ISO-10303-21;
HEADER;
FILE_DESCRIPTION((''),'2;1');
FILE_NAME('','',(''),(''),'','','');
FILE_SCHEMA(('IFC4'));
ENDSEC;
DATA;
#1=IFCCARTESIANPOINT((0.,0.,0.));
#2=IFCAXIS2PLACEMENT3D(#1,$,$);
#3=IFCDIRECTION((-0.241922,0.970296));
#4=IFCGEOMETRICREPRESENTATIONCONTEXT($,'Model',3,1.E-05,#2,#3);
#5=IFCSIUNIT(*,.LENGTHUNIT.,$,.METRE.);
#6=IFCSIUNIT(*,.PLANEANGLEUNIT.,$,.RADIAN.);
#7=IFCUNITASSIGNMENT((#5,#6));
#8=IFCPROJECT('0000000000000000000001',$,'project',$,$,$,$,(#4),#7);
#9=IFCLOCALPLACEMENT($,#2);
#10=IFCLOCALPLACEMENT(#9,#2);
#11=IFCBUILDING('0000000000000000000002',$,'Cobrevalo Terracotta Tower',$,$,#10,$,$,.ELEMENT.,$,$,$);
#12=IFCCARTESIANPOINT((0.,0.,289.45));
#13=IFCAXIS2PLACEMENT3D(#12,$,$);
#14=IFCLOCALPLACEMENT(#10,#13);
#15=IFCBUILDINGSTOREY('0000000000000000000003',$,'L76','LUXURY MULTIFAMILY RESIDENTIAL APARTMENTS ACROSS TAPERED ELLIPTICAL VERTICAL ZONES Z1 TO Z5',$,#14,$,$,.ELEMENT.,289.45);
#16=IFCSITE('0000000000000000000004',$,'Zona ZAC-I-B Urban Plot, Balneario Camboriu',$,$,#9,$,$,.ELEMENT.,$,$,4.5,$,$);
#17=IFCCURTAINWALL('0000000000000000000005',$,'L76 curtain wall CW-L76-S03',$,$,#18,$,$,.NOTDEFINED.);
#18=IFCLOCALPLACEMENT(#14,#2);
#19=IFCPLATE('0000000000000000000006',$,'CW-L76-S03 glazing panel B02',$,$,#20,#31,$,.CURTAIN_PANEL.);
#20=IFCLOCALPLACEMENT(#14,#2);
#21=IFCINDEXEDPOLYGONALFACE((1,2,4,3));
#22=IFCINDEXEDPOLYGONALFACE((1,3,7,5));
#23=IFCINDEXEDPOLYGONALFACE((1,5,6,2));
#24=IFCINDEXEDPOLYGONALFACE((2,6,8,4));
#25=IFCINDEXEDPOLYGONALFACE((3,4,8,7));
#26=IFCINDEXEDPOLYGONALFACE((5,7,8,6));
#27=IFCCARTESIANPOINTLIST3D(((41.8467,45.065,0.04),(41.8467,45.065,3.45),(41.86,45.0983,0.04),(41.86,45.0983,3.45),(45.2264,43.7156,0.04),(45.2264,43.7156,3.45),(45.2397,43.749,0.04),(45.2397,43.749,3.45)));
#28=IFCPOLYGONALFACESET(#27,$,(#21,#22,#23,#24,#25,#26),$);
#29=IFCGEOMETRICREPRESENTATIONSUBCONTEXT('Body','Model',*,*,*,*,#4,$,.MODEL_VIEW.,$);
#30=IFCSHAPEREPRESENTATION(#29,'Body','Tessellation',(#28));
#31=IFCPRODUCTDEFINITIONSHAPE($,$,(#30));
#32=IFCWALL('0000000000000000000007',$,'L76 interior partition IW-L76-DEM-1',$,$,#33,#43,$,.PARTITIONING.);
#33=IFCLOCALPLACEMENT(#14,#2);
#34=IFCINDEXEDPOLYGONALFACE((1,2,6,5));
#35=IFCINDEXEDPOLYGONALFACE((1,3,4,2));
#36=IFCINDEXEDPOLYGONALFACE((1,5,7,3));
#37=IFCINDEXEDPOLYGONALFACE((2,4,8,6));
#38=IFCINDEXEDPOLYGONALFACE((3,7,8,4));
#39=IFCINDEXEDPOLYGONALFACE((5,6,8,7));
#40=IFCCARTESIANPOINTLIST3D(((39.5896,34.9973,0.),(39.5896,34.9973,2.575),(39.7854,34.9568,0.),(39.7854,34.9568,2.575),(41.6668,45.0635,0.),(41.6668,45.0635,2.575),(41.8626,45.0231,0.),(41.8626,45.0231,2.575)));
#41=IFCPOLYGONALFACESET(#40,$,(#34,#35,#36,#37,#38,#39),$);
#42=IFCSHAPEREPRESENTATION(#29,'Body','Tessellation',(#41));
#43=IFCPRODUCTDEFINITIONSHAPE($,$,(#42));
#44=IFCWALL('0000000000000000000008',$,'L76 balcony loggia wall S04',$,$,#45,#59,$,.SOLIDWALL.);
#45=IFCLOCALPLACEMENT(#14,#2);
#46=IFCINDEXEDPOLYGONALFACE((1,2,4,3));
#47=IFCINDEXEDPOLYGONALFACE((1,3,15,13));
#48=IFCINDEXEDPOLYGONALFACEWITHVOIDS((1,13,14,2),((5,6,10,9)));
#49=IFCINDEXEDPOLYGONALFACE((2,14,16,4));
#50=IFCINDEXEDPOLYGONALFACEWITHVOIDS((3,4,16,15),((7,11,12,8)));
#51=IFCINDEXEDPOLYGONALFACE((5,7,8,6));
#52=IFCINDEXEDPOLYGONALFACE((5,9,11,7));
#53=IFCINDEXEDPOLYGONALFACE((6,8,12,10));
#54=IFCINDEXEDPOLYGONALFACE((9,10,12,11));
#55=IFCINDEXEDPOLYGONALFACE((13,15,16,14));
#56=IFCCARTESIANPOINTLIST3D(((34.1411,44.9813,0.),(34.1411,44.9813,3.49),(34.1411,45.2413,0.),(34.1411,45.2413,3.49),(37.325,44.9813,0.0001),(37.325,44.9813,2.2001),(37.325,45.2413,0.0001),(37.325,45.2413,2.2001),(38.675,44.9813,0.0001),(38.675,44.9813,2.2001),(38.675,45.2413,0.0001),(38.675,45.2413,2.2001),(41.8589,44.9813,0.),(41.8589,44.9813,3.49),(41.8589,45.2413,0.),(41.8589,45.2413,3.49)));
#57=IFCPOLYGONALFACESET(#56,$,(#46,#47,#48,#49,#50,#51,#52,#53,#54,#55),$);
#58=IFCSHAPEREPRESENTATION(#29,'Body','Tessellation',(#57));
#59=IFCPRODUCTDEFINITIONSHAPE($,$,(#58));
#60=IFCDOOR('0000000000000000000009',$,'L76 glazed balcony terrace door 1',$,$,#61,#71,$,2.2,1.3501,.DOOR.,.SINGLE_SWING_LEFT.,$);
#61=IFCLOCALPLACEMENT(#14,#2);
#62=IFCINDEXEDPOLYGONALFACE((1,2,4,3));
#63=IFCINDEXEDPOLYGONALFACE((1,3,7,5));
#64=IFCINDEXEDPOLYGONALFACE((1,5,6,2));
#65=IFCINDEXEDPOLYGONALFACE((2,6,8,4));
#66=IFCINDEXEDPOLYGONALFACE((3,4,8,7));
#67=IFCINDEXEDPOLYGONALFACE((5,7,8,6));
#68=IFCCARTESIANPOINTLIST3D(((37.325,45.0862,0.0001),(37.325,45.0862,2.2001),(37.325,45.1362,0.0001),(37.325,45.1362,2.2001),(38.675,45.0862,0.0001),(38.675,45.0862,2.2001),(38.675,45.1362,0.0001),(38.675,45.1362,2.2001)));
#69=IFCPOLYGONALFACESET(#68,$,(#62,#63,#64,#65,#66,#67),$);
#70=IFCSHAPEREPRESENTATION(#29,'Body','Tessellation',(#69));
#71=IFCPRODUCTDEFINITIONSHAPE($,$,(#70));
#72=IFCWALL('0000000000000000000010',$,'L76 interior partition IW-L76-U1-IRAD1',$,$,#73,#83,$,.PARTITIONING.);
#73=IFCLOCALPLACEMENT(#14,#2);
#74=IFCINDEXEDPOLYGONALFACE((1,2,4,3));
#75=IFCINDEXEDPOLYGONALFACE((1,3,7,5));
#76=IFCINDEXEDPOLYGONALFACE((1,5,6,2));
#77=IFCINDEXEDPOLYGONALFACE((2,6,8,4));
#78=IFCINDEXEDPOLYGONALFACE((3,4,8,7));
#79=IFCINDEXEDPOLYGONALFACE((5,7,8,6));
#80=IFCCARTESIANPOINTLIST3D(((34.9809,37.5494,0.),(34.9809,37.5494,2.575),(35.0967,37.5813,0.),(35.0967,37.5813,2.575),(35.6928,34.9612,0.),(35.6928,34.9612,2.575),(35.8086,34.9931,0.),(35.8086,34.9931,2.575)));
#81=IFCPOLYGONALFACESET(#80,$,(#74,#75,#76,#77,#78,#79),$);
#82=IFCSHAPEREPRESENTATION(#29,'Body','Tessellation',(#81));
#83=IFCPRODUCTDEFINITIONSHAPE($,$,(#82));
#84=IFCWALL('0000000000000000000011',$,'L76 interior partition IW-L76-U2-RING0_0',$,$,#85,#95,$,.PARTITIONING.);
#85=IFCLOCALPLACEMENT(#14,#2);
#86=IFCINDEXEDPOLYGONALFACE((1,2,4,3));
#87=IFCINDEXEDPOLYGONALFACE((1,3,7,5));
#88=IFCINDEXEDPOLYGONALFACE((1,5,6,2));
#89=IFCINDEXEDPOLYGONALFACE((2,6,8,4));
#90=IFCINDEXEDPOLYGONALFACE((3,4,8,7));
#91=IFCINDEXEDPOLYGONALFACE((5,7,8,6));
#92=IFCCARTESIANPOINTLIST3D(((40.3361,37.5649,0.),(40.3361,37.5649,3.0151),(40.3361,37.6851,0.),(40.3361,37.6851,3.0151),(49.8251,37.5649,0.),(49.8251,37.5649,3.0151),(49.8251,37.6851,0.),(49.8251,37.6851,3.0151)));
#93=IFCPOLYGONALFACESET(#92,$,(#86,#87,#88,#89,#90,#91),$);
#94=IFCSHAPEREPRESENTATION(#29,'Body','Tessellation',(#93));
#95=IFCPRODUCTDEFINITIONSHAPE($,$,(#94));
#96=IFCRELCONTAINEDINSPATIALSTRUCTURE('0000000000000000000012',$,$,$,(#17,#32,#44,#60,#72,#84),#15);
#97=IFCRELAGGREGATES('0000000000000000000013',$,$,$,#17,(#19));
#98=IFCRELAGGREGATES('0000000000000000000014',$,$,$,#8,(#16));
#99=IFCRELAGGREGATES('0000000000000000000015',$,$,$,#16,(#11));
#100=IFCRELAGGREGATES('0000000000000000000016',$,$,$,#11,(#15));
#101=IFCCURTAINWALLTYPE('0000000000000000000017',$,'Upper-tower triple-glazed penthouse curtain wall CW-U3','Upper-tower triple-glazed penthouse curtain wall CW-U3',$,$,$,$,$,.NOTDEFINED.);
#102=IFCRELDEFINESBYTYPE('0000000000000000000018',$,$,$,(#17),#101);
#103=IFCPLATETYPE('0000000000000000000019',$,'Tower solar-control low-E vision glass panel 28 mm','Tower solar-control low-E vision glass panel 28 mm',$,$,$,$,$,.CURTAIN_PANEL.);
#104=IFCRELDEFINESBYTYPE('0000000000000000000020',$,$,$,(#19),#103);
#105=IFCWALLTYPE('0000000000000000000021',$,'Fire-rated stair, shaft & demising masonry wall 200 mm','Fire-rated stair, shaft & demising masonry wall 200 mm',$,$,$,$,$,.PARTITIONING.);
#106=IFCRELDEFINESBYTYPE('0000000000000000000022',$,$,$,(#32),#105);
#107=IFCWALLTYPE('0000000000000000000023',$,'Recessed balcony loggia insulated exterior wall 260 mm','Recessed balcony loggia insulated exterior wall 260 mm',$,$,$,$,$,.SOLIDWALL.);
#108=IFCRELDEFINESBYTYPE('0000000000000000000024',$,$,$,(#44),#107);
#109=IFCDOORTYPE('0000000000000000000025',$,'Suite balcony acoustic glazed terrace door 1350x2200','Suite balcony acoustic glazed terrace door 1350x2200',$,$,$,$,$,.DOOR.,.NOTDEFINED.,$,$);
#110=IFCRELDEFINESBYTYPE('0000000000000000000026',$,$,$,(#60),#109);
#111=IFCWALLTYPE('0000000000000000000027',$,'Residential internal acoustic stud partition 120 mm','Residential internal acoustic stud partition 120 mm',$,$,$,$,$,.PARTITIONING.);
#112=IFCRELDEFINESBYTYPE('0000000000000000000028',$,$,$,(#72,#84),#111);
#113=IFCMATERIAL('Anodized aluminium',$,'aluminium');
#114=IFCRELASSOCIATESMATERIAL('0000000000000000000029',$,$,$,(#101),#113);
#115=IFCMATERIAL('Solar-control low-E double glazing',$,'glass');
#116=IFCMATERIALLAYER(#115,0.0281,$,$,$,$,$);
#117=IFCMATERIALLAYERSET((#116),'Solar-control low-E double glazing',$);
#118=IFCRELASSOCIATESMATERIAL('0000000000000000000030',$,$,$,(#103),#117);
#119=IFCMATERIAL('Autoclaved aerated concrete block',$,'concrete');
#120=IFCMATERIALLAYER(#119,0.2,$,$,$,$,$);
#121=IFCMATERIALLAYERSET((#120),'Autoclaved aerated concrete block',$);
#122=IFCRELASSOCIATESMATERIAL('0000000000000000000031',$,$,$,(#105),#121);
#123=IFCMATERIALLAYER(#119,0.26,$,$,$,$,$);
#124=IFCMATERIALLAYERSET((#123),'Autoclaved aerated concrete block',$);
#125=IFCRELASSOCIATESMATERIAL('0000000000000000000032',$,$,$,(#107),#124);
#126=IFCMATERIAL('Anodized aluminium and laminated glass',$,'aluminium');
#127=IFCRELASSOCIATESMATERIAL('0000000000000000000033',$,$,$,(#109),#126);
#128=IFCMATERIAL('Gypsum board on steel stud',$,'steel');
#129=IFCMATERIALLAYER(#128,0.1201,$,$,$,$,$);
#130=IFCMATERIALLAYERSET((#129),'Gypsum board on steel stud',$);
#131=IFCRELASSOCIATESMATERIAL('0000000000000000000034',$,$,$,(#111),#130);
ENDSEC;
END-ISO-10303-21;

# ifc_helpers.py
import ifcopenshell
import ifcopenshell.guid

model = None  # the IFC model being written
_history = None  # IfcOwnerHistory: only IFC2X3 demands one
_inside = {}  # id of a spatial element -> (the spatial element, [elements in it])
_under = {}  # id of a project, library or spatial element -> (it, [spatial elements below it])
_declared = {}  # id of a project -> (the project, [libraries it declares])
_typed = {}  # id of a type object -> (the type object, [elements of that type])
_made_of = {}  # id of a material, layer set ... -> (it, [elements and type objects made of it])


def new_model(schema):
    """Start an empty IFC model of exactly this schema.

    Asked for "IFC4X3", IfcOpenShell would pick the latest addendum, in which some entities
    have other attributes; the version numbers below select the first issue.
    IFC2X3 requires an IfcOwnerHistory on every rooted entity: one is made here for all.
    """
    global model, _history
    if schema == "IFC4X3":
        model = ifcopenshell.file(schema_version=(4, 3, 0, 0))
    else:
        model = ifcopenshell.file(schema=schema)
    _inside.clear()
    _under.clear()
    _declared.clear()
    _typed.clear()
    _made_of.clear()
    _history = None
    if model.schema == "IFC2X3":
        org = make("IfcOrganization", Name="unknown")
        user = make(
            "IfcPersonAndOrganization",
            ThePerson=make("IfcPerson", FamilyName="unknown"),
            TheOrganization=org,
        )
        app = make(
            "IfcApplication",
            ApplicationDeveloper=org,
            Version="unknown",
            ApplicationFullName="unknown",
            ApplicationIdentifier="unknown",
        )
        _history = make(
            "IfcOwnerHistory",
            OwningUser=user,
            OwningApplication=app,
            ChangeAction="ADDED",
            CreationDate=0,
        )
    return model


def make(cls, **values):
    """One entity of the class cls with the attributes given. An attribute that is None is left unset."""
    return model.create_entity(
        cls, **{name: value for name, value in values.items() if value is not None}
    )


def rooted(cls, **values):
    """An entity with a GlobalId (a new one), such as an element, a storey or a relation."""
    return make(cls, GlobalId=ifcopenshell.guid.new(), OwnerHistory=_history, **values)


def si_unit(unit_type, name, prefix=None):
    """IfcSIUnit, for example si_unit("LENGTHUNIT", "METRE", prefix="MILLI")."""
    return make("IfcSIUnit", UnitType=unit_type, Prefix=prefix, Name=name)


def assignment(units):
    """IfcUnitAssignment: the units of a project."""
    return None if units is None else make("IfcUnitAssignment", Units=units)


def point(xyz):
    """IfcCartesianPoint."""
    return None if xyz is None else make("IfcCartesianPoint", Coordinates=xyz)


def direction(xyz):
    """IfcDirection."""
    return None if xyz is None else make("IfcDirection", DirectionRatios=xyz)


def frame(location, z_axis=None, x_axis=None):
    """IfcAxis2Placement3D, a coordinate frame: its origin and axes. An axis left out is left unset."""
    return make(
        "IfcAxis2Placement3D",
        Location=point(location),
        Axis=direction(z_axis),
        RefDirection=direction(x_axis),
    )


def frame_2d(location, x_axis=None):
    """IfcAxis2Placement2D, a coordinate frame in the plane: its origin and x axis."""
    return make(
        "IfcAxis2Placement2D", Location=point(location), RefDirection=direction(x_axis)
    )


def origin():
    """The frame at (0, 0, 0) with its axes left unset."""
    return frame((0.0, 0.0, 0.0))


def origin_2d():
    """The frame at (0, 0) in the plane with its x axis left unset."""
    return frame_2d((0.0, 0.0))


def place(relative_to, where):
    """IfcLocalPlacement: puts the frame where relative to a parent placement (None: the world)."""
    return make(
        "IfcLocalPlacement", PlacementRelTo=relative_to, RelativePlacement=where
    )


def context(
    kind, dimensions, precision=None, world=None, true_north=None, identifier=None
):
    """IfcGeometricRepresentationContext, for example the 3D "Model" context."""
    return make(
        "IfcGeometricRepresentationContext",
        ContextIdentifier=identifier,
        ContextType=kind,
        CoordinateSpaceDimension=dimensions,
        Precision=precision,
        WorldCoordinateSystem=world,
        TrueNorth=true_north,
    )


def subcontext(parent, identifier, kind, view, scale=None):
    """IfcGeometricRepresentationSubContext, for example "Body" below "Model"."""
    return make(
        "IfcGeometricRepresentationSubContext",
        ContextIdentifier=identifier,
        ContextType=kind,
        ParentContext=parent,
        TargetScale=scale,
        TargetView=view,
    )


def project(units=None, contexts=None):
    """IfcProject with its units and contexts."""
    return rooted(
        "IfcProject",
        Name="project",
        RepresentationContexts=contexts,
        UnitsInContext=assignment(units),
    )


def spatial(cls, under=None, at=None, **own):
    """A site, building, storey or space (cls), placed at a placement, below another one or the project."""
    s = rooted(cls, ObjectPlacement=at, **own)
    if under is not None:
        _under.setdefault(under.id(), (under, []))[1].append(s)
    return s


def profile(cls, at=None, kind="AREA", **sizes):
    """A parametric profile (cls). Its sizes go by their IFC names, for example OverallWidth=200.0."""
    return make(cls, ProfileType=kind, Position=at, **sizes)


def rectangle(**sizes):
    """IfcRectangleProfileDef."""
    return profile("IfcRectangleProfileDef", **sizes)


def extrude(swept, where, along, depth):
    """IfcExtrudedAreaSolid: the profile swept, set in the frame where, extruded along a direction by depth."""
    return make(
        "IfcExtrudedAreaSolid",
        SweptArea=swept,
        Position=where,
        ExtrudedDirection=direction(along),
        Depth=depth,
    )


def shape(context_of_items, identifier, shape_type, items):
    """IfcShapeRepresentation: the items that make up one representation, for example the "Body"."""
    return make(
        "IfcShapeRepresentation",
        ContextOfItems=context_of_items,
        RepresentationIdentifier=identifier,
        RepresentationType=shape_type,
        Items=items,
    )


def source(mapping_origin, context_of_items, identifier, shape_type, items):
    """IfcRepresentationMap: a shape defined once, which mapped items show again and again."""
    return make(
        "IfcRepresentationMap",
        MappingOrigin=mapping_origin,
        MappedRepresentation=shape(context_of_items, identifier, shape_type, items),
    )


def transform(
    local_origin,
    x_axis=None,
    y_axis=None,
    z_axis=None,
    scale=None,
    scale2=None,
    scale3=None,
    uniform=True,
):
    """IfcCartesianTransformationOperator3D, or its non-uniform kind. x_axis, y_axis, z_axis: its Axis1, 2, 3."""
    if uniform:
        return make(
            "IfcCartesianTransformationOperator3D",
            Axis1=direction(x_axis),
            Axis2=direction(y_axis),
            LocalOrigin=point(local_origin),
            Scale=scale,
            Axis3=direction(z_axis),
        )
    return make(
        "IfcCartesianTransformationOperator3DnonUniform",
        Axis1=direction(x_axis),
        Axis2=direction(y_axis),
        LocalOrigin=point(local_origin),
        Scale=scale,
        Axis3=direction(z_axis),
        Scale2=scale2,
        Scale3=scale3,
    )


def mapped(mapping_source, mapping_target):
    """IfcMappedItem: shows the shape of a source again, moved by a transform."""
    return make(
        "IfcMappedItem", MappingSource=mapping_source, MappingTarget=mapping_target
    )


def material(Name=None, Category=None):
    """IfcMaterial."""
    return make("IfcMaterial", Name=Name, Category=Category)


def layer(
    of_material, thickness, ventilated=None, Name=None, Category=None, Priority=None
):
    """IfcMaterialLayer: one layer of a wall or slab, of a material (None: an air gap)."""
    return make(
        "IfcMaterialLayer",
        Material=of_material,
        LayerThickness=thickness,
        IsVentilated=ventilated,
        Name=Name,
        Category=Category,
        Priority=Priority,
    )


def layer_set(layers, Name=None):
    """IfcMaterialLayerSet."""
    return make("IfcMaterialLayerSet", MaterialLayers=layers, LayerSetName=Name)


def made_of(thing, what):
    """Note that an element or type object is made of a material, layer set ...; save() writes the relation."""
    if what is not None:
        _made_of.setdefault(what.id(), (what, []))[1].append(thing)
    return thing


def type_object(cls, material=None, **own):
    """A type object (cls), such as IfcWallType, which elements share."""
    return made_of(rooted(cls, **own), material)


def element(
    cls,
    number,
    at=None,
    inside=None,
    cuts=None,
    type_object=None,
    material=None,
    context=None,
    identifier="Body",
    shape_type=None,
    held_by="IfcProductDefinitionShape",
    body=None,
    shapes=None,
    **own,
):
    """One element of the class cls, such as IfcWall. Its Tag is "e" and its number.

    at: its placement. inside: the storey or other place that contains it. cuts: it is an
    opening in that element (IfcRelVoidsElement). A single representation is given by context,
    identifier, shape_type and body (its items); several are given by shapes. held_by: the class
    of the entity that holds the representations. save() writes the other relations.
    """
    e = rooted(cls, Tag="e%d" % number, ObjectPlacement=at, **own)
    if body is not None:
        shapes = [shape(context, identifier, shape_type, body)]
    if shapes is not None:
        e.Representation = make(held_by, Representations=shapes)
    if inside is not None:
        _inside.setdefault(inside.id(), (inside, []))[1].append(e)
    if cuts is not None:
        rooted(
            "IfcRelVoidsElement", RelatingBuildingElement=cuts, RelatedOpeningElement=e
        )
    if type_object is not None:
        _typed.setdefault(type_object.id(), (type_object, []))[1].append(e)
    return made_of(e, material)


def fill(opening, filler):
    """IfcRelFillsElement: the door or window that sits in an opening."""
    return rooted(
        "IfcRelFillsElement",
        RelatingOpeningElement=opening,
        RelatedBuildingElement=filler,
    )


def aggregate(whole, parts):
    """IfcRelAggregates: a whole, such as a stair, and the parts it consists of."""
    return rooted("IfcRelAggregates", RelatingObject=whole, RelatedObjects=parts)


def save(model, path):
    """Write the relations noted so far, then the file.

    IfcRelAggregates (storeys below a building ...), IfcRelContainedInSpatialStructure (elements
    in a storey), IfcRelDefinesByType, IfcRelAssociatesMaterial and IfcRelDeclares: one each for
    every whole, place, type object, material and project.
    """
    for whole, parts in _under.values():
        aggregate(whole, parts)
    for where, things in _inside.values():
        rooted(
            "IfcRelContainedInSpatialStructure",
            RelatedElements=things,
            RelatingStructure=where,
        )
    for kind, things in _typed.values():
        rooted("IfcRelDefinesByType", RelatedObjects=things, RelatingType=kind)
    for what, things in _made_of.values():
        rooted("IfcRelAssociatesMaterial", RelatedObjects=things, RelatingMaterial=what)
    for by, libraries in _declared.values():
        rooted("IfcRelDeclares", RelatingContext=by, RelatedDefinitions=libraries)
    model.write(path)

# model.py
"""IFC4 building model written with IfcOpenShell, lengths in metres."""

from ifc_helpers import new_model, si_unit, direction, frame, frame_2d, origin, origin_2d, place, context, subcontext, project, spatial, rectangle, extrude, source, transform, mapped, material, layer, layer_set, type_object, element, fill, aggregate, save


model = new_model("IFC4")

# Units and contexts
model_context = context("Model", 3, precision=1e-05, world=origin(), true_north=direction((-0.241922, 0.970296)))
body_context = subcontext(model_context, "Body", "Model", "MODEL_VIEW")
ifc_project = project(units=[si_unit("LENGTHUNIT", "METRE"), si_unit("PLANEANGLEUNIT", "RADIAN")], contexts=[model_context])

# Site, building, storey
site_placement = place(None, origin())
site = spatial("IfcSite", under=ifc_project, at=site_placement, Name="Zona ZAC-I-B Urban Plot, Balneario Camboriu", CompositionType="ELEMENT", RefElevation=4.5)
building_placement = place(site_placement, origin())
building = spatial("IfcBuilding", under=site, at=building_placement, Name="Cobrevalo Terracotta Tower", CompositionType="ELEMENT")
storey_placement = place(building_placement, frame((0.0, 0.0, 289.45)))
storey = spatial("IfcBuildingStorey", under=building, at=storey_placement, Name="L76", Description="LUXURY MULTIFAMILY RESIDENTIAL APARTMENTS ACROSS TAPERED ELLIPTICAL VERTICAL ZONES Z1 TO Z5", CompositionType="ELEMENT", Elevation=289.45)

# Curtain wall, plate
ifc_material_1 = material(Name="Anodized aluminium", Category="aluminium")
curtain_wall_type = type_object("IfcCurtainWallType", Name="Upper-tower triple-glazed penthouse curtain wall CW-U3", Description="Upper-tower triple-glazed penthouse curtain wall CW-U3", PredefinedType="NOTDEFINED", material=ifc_material_1)
curtain_wall_placement = place(storey_placement, origin())
curtain_wall = element("IfcCurtainWall", 1, at=curtain_wall_placement, inside=storey, type_object=curtain_wall_type, Name="L76 curtain wall CW-L76-S03", PredefinedType="NOTDEFINED")
ifc_material_2 = material(Name="Solar-control low-E double glazing", Category="glass")
ifc_layer_1 = layer(ifc_material_2, 0.0281)
ifc_layer_set_1 = layer_set([ifc_layer_1], Name="Solar-control low-E double glazing")
plate_type = type_object("IfcPlateType", Name="Tower solar-control low-E vision glass panel 28 mm", Description="Tower solar-control low-E vision glass panel 28 mm", PredefinedType="CURTAIN_PANEL", material=ifc_layer_set_1)
shared_shape_1 = source(origin(), body_context, "Body", "SweptSolid", [
    extrude(rectangle(XDim=3.6392, YDim=0.0359, at=origin_2d()), origin(), (0.0, 0.0, 1.0), 3.4099),
])
plate_1_placement = place(storey_placement, frame((43.5432, 44.407, 0.04), z_axis=(0.0, 0.0, 1.0), x_axis=(-0.928718, 0.370786, 0.0)))
plate_1 = element("IfcPlate", 2, at=plate_1_placement, type_object=plate_type, Name="CW-L76-S03 glazing panel B02", PredefinedType="CURTAIN_PANEL", context=body_context, shape_type="MappedRepresentation", body=[
    mapped(shared_shape_1, transform((0.0, 0.0, 0.0), scale=1.0)),
])
aggregate(curtain_wall, [plate_1])

# Wall
ifc_material_3 = material(Name="Autoclaved aerated concrete block", Category="concrete")
ifc_layer_2 = layer(ifc_material_3, 0.2)
ifc_layer_set_2 = layer_set([ifc_layer_2], Name="Autoclaved aerated concrete block")
wall_type_1 = type_object("IfcWallType", Name="Fire-rated stair, shaft & demising masonry wall 200 mm", Description="Fire-rated stair, shaft & demising masonry wall 200 mm", PredefinedType="PARTITIONING", material=ifc_layer_set_2)
wall_1_placement = place(storey_placement, frame((39.6875, 34.9771, 0.0), z_axis=(0.0, 0.0, 1.0), x_axis=(0.202092, 0.979367, 0.0)))
element("IfcWall", 3, at=wall_1_placement, inside=storey, type_object=wall_type_1, Name="L76 interior partition IW-L76-DEM-1", PredefinedType="PARTITIONING", context=body_context, shape_type="SweptSolid", body=[
    extrude(rectangle(XDim=10.2783, YDim=0.2, at=frame_2d((5.1392, 0.0))), origin(), (0.0, 0.0, 1.0), 2.575),
])

# Wall, opening, door
ifc_layer_3 = layer(ifc_material_3, 0.26)
ifc_layer_set_3 = layer_set([ifc_layer_3], Name="Autoclaved aerated concrete block")
wall_type_2 = type_object("IfcWallType", Name="Recessed balcony loggia insulated exterior wall 260 mm", Description="Recessed balcony loggia insulated exterior wall 260 mm", PredefinedType="SOLIDWALL", material=ifc_layer_set_3)
wall_2_placement = place(storey_placement, frame((41.8589, 45.1113, 0.0), z_axis=(0.0, 0.0, 1.0), x_axis=(-1.0, 0.0, 0.0)))
wall_2 = element("IfcWall", 4, at=wall_2_placement, inside=storey, type_object=wall_type_2, Name="L76 balcony loggia wall S04", PredefinedType="SOLIDWALL", context=body_context, shape_type="SweptSolid", body=[
    extrude(rectangle(XDim=7.7178, YDim=0.26, at=frame_2d((3.8589, 0.0))), origin(), (0.0, 0.0, 1.0), 3.49),
])
opening_placement = place(wall_2_placement, frame((3.1838, 0.0, 0.0)))
opening = element("IfcOpeningElement", 5, at=opening_placement, cuts=wall_2, PredefinedType="OPENING", context=body_context, shape_type="SweptSolid", body=[
    extrude(rectangle(XDim=1.3501, YDim=2.2, at=frame_2d((0.675, 1.1001))), frame((0.0, 0.1401, 0.0), z_axis=(0.0, -1.0, 0.0), x_axis=(1.0, 0.0, 0.0)), (0.0, 0.0, 1.0), 0.28),
])
ifc_material_4 = material(Name="Anodized aluminium and laminated glass", Category="aluminium")
door_type = type_object("IfcDoorType", Name="Suite balcony acoustic glazed terrace door 1350x2200", Description="Suite balcony acoustic glazed terrace door 1350x2200", OperationType="NOTDEFINED", PredefinedType="DOOR", material=ifc_material_4)
shared_shape_2 = source(origin(), body_context, "Body", "SweptSolid", [
    extrude(rectangle(XDim=1.3501, YDim=2.2, at=frame_2d((0.675, 1.1001))), frame((0.0, 0.0249, 0.0), z_axis=(0.0, -1.0, 0.0), x_axis=(1.0, 0.0, 0.0)), (0.0, 0.0, 1.0), 0.05),
])
door_placement = place(opening_placement, frame((1.3501, 0.0, 0.0), z_axis=(0.0, 0.0, 1.0), x_axis=(-1.0, 0.0, 0.0)))
door = element("IfcDoor", 6, at=door_placement, inside=storey, type_object=door_type, Name="L76 glazed balcony terrace door 1", OperationType="SINGLE_SWING_LEFT", OverallHeight=2.2, OverallWidth=1.3501, PredefinedType="DOOR", context=body_context, shape_type="MappedRepresentation", body=[
    mapped(shared_shape_2, transform((0.0, 0.0, 0.0), scale=1.0)),
])
fill(opening, door)

# Walls
ifc_material_5 = material(Name="Gypsum board on steel stud", Category="steel")
ifc_layer_4 = layer(ifc_material_5, 0.1201)
ifc_layer_set_4 = layer_set([ifc_layer_4], Name="Gypsum board on steel stud")
wall_type_3 = type_object("IfcWallType", Name="Residential internal acoustic stud partition 120 mm", Description="Residential internal acoustic stud partition 120 mm", PredefinedType="PARTITIONING", material=ifc_layer_set_4)
wall_3_placement = place(storey_placement, frame((35.7507, 34.9771, 0.0), z_axis=(0.0, 0.0, 1.0), x_axis=(-0.265218, 0.964189, 0.0)))
element("IfcWall", 7, at=wall_3_placement, inside=storey, type_object=wall_type_3, Name="L76 interior partition IW-L76-U1-IRAD1", PredefinedType="PARTITIONING", context=body_context, shape_type="SweptSolid", body=[
    extrude(rectangle(XDim=2.6843, YDim=0.1201, at=frame_2d((1.3423, 0.0))), origin(), (0.0, 0.0, 1.0), 2.575),
])
wall_4_placement = place(storey_placement, frame((40.3359, 37.625, 0.0), z_axis=(0.0, 0.0, 1.0), x_axis=(1.0, 0.0, 0.0)))
element("IfcWall", 8, at=wall_4_placement, inside=storey, type_object=wall_type_3, Name="L76 interior partition IW-L76-U2-RING0_0", PredefinedType="PARTITIONING", context=body_context, shape_type="SweptSolid", body=[
    extrude(rectangle(XDim=9.489, YDim=0.1201, at=frame_2d((4.7446, 0.0))), origin(), (0.0, 0.0, 1.0), 3.0151),
])

save(model, "model.ifc")
